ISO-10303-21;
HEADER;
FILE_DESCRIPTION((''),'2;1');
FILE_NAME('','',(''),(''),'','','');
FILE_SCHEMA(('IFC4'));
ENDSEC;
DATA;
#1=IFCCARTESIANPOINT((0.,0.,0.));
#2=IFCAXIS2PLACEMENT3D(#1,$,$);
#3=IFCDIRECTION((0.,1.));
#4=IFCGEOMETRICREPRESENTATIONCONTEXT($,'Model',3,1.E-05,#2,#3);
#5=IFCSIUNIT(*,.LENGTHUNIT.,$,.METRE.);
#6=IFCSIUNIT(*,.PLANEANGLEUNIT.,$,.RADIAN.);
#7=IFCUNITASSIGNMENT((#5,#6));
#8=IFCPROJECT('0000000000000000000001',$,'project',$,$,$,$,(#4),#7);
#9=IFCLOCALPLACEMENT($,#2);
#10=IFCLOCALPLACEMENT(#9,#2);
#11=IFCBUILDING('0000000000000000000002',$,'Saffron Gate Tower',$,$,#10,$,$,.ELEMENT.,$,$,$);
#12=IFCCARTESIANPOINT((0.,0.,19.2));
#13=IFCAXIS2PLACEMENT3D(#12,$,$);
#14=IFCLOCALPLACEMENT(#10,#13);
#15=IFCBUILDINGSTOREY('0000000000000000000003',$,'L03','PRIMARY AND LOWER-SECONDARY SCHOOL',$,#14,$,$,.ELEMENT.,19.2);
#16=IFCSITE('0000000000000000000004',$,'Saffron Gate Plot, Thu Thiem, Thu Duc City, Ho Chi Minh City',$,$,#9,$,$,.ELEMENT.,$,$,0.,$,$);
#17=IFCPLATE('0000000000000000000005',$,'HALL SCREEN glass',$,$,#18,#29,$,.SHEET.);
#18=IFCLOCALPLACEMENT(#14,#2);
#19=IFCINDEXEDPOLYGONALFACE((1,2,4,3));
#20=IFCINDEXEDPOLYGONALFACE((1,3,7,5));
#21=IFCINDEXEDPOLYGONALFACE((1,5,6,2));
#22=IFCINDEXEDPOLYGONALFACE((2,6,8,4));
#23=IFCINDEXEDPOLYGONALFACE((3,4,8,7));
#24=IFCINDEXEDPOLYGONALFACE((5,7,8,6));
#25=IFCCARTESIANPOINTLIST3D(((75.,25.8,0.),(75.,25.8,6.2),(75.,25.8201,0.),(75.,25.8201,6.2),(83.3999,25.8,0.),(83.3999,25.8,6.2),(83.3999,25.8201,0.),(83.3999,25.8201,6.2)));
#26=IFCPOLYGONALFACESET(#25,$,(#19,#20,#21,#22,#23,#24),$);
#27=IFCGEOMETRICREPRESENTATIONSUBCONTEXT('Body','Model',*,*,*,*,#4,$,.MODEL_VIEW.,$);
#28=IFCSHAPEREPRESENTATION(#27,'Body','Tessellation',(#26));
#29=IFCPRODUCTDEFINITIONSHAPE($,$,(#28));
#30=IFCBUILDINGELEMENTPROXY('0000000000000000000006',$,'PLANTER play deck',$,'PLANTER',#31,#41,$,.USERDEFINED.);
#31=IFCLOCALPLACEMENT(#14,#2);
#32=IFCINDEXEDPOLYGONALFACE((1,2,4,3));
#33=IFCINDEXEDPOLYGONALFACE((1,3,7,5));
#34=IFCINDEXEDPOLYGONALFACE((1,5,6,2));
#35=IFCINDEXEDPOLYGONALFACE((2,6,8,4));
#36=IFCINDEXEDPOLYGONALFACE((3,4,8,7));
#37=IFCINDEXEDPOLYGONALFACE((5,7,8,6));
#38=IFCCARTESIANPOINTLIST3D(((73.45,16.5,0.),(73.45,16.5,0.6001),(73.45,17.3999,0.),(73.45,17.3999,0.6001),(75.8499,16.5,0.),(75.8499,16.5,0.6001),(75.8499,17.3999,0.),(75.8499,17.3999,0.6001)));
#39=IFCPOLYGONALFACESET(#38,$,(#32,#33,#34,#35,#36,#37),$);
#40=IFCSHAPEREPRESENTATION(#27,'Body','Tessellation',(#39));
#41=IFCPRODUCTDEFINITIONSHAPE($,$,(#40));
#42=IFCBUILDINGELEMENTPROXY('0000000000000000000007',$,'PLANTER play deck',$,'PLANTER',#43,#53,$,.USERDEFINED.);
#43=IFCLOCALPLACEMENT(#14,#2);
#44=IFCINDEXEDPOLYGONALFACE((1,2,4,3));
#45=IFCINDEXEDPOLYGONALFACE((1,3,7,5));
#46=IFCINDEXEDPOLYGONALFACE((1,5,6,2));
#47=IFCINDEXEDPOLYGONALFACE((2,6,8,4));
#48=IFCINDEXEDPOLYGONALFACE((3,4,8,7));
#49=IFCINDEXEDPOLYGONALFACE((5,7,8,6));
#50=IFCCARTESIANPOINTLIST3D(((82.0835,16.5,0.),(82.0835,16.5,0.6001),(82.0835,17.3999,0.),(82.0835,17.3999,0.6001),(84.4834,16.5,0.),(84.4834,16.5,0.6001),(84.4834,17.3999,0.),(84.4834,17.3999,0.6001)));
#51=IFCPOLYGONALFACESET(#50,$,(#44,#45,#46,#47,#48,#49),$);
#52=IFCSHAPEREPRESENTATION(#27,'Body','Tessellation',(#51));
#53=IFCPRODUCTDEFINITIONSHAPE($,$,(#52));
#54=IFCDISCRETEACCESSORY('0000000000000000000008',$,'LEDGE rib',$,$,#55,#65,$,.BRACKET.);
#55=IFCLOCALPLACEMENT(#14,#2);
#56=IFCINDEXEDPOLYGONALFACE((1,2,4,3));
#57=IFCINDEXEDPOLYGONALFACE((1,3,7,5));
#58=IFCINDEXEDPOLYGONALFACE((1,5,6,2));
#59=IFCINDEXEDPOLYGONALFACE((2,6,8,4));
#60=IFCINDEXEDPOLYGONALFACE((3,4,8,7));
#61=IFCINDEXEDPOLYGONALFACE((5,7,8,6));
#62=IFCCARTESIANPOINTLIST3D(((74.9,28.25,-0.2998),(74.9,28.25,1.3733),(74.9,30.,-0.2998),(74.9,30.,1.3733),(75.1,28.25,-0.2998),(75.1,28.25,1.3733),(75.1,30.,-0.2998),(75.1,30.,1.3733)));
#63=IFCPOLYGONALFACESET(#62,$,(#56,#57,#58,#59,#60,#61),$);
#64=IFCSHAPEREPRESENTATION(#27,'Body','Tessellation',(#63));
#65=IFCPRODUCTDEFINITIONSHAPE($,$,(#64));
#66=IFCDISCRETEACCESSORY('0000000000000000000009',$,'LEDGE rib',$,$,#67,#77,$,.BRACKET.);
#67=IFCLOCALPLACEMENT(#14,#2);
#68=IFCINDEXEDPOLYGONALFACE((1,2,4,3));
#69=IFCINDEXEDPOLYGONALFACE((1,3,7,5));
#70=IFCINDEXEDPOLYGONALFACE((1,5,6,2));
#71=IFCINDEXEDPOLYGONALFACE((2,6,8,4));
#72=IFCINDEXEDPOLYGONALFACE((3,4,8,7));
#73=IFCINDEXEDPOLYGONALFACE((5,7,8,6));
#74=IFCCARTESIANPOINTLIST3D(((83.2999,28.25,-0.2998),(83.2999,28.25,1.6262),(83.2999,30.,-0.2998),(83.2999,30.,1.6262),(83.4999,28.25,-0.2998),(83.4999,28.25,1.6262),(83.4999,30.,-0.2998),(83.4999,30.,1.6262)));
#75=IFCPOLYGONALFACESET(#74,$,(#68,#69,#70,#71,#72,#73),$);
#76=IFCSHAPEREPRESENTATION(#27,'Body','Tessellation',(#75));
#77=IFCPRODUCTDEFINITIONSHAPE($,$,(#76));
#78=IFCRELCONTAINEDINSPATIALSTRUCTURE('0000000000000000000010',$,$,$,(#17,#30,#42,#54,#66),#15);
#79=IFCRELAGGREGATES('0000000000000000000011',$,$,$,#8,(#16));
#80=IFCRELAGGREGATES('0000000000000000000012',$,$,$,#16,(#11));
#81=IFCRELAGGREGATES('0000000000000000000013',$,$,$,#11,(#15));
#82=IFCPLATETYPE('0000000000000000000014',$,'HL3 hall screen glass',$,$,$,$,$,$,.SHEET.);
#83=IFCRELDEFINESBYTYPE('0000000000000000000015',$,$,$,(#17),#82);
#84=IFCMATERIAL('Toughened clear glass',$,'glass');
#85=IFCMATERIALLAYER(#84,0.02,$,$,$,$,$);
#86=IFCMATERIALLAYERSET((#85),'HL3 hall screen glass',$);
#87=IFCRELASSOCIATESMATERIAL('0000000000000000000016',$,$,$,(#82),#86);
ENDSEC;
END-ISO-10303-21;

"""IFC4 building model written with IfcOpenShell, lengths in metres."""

from ifc_helpers import new_model, si_unit, direction, frame, origin, origin_2d, place, context, subcontext, project, spatial, polyline, rectangle, outline, extrude, material, layer, layer_set, type_object, element, save


model = new_model("IFC4")

# Units and contexts
model_context = context("Model", 3, precision=1e-05, world=origin(), true_north=direction((0.0, 1.0)))
body_context = subcontext(model_context, "Body", "Model", "MODEL_VIEW")
ifc_project = project(units=[si_unit("LENGTHUNIT", "METRE"), si_unit("PLANEANGLEUNIT", "RADIAN")], contexts=[model_context])

# Site, building, storey
site_placement = place(None, origin())
site = spatial("IfcSite", under=ifc_project, at=site_placement, Name="Saffron Gate Plot, Thu Thiem, Thu Duc City, Ho Chi Minh City", CompositionType="ELEMENT", RefElevation=0.0)
building_placement = place(site_placement, origin())
building = spatial("IfcBuilding", under=site, at=building_placement, Name="Saffron Gate Tower", CompositionType="ELEMENT")
storey_placement = place(building_placement, frame((0.0, 0.0, 19.2)))
storey = spatial("IfcBuildingStorey", under=building, at=storey_placement, Name="L03", Description="PRIMARY AND LOWER-SECONDARY SCHOOL", CompositionType="ELEMENT", Elevation=19.2)

# Plate
ifc_material_1 = material(Name="Toughened clear glass", Category="glass")
ifc_layer_1 = layer(ifc_material_1, 0.02)
ifc_layer_set_1 = layer_set([ifc_layer_1], Name="HL3 hall screen glass")
plate_type_1 = type_object("IfcPlateType", Name="HL3 hall screen glass", PredefinedType="SHEET", material=ifc_layer_set_1)
plate_1_placement = place(storey_placement, frame((75.0, 25.8, 0.0), z_axis=(0.0, -1.0, 0.0), x_axis=(1.0, 0.0, 0.0)))
element("IfcPlate", 1, at=plate_1_placement, inside=storey, type_object=plate_type_1, Name="HALL SCREEN glass", PredefinedType="SHEET", context=body_context, shape_type="SweptSolid", body=[
    extrude(outline(polyline([(0.0, 0.0), (8.3999, 0.0), (8.3999, 6.2), (0.0, 6.2), (0.0, 0.0)])), origin(), (0.0, 0.0, -1.0), 0.02),
])

# Building element proxies
for number, where, z_axis, x_axis, name in (
    (2, (74.6499, 16.95, 0.0), (0.0, 0.0, 1.0), (1.0, 0.0, 0.0), "PLANTER play deck"),
    (3, (83.2834, 16.95, 0.0), (0.0, 0.0, 1.0), (1.0, 0.0, 0.0), "PLANTER play deck"),
):
    element("IfcBuildingElementProxy", number, at=place(storey_placement, frame(where, z_axis=z_axis, x_axis=x_axis)), inside=storey, Name=name, ObjectType="PLANTER", PredefinedType="USERDEFINED", context=body_context, shape_type="SweptSolid", body=[
        extrude(rectangle(XDim=2.3999, YDim=0.8999, at=origin_2d()), origin(), (0.0, 0.0, 1.0), 0.6001),
    ])

# Discrete accessories
discrete_accessory_1_placement = place(storey_placement, frame((75.0, 29.125, -0.2998), z_axis=(0.0, 0.0, 1.0), x_axis=(1.0, 0.0, 0.0)))
element("IfcDiscreteAccessory", 4, at=discrete_accessory_1_placement, inside=storey, Name="LEDGE rib", PredefinedType="BRACKET", context=body_context, shape_type="SweptSolid", body=[
    extrude(rectangle(XDim=0.2, YDim=1.75, at=origin_2d()), origin(), (0.0, 0.0, 1.0), 1.6731),
])
discrete_accessory_2_placement = place(storey_placement, frame((83.3999, 29.125, -0.2998), z_axis=(0.0, 0.0, 1.0), x_axis=(1.0, 0.0, 0.0)))
element("IfcDiscreteAccessory", 5, at=discrete_accessory_2_placement, inside=storey, Name="LEDGE rib", PredefinedType="BRACKET", context=body_context, shape_type="SweptSolid", body=[
    extrude(rectangle(XDim=0.2, YDim=1.75, at=origin_2d()), origin(), (0.0, 0.0, 1.0), 1.926),
])

save(model, "model.ifc")
